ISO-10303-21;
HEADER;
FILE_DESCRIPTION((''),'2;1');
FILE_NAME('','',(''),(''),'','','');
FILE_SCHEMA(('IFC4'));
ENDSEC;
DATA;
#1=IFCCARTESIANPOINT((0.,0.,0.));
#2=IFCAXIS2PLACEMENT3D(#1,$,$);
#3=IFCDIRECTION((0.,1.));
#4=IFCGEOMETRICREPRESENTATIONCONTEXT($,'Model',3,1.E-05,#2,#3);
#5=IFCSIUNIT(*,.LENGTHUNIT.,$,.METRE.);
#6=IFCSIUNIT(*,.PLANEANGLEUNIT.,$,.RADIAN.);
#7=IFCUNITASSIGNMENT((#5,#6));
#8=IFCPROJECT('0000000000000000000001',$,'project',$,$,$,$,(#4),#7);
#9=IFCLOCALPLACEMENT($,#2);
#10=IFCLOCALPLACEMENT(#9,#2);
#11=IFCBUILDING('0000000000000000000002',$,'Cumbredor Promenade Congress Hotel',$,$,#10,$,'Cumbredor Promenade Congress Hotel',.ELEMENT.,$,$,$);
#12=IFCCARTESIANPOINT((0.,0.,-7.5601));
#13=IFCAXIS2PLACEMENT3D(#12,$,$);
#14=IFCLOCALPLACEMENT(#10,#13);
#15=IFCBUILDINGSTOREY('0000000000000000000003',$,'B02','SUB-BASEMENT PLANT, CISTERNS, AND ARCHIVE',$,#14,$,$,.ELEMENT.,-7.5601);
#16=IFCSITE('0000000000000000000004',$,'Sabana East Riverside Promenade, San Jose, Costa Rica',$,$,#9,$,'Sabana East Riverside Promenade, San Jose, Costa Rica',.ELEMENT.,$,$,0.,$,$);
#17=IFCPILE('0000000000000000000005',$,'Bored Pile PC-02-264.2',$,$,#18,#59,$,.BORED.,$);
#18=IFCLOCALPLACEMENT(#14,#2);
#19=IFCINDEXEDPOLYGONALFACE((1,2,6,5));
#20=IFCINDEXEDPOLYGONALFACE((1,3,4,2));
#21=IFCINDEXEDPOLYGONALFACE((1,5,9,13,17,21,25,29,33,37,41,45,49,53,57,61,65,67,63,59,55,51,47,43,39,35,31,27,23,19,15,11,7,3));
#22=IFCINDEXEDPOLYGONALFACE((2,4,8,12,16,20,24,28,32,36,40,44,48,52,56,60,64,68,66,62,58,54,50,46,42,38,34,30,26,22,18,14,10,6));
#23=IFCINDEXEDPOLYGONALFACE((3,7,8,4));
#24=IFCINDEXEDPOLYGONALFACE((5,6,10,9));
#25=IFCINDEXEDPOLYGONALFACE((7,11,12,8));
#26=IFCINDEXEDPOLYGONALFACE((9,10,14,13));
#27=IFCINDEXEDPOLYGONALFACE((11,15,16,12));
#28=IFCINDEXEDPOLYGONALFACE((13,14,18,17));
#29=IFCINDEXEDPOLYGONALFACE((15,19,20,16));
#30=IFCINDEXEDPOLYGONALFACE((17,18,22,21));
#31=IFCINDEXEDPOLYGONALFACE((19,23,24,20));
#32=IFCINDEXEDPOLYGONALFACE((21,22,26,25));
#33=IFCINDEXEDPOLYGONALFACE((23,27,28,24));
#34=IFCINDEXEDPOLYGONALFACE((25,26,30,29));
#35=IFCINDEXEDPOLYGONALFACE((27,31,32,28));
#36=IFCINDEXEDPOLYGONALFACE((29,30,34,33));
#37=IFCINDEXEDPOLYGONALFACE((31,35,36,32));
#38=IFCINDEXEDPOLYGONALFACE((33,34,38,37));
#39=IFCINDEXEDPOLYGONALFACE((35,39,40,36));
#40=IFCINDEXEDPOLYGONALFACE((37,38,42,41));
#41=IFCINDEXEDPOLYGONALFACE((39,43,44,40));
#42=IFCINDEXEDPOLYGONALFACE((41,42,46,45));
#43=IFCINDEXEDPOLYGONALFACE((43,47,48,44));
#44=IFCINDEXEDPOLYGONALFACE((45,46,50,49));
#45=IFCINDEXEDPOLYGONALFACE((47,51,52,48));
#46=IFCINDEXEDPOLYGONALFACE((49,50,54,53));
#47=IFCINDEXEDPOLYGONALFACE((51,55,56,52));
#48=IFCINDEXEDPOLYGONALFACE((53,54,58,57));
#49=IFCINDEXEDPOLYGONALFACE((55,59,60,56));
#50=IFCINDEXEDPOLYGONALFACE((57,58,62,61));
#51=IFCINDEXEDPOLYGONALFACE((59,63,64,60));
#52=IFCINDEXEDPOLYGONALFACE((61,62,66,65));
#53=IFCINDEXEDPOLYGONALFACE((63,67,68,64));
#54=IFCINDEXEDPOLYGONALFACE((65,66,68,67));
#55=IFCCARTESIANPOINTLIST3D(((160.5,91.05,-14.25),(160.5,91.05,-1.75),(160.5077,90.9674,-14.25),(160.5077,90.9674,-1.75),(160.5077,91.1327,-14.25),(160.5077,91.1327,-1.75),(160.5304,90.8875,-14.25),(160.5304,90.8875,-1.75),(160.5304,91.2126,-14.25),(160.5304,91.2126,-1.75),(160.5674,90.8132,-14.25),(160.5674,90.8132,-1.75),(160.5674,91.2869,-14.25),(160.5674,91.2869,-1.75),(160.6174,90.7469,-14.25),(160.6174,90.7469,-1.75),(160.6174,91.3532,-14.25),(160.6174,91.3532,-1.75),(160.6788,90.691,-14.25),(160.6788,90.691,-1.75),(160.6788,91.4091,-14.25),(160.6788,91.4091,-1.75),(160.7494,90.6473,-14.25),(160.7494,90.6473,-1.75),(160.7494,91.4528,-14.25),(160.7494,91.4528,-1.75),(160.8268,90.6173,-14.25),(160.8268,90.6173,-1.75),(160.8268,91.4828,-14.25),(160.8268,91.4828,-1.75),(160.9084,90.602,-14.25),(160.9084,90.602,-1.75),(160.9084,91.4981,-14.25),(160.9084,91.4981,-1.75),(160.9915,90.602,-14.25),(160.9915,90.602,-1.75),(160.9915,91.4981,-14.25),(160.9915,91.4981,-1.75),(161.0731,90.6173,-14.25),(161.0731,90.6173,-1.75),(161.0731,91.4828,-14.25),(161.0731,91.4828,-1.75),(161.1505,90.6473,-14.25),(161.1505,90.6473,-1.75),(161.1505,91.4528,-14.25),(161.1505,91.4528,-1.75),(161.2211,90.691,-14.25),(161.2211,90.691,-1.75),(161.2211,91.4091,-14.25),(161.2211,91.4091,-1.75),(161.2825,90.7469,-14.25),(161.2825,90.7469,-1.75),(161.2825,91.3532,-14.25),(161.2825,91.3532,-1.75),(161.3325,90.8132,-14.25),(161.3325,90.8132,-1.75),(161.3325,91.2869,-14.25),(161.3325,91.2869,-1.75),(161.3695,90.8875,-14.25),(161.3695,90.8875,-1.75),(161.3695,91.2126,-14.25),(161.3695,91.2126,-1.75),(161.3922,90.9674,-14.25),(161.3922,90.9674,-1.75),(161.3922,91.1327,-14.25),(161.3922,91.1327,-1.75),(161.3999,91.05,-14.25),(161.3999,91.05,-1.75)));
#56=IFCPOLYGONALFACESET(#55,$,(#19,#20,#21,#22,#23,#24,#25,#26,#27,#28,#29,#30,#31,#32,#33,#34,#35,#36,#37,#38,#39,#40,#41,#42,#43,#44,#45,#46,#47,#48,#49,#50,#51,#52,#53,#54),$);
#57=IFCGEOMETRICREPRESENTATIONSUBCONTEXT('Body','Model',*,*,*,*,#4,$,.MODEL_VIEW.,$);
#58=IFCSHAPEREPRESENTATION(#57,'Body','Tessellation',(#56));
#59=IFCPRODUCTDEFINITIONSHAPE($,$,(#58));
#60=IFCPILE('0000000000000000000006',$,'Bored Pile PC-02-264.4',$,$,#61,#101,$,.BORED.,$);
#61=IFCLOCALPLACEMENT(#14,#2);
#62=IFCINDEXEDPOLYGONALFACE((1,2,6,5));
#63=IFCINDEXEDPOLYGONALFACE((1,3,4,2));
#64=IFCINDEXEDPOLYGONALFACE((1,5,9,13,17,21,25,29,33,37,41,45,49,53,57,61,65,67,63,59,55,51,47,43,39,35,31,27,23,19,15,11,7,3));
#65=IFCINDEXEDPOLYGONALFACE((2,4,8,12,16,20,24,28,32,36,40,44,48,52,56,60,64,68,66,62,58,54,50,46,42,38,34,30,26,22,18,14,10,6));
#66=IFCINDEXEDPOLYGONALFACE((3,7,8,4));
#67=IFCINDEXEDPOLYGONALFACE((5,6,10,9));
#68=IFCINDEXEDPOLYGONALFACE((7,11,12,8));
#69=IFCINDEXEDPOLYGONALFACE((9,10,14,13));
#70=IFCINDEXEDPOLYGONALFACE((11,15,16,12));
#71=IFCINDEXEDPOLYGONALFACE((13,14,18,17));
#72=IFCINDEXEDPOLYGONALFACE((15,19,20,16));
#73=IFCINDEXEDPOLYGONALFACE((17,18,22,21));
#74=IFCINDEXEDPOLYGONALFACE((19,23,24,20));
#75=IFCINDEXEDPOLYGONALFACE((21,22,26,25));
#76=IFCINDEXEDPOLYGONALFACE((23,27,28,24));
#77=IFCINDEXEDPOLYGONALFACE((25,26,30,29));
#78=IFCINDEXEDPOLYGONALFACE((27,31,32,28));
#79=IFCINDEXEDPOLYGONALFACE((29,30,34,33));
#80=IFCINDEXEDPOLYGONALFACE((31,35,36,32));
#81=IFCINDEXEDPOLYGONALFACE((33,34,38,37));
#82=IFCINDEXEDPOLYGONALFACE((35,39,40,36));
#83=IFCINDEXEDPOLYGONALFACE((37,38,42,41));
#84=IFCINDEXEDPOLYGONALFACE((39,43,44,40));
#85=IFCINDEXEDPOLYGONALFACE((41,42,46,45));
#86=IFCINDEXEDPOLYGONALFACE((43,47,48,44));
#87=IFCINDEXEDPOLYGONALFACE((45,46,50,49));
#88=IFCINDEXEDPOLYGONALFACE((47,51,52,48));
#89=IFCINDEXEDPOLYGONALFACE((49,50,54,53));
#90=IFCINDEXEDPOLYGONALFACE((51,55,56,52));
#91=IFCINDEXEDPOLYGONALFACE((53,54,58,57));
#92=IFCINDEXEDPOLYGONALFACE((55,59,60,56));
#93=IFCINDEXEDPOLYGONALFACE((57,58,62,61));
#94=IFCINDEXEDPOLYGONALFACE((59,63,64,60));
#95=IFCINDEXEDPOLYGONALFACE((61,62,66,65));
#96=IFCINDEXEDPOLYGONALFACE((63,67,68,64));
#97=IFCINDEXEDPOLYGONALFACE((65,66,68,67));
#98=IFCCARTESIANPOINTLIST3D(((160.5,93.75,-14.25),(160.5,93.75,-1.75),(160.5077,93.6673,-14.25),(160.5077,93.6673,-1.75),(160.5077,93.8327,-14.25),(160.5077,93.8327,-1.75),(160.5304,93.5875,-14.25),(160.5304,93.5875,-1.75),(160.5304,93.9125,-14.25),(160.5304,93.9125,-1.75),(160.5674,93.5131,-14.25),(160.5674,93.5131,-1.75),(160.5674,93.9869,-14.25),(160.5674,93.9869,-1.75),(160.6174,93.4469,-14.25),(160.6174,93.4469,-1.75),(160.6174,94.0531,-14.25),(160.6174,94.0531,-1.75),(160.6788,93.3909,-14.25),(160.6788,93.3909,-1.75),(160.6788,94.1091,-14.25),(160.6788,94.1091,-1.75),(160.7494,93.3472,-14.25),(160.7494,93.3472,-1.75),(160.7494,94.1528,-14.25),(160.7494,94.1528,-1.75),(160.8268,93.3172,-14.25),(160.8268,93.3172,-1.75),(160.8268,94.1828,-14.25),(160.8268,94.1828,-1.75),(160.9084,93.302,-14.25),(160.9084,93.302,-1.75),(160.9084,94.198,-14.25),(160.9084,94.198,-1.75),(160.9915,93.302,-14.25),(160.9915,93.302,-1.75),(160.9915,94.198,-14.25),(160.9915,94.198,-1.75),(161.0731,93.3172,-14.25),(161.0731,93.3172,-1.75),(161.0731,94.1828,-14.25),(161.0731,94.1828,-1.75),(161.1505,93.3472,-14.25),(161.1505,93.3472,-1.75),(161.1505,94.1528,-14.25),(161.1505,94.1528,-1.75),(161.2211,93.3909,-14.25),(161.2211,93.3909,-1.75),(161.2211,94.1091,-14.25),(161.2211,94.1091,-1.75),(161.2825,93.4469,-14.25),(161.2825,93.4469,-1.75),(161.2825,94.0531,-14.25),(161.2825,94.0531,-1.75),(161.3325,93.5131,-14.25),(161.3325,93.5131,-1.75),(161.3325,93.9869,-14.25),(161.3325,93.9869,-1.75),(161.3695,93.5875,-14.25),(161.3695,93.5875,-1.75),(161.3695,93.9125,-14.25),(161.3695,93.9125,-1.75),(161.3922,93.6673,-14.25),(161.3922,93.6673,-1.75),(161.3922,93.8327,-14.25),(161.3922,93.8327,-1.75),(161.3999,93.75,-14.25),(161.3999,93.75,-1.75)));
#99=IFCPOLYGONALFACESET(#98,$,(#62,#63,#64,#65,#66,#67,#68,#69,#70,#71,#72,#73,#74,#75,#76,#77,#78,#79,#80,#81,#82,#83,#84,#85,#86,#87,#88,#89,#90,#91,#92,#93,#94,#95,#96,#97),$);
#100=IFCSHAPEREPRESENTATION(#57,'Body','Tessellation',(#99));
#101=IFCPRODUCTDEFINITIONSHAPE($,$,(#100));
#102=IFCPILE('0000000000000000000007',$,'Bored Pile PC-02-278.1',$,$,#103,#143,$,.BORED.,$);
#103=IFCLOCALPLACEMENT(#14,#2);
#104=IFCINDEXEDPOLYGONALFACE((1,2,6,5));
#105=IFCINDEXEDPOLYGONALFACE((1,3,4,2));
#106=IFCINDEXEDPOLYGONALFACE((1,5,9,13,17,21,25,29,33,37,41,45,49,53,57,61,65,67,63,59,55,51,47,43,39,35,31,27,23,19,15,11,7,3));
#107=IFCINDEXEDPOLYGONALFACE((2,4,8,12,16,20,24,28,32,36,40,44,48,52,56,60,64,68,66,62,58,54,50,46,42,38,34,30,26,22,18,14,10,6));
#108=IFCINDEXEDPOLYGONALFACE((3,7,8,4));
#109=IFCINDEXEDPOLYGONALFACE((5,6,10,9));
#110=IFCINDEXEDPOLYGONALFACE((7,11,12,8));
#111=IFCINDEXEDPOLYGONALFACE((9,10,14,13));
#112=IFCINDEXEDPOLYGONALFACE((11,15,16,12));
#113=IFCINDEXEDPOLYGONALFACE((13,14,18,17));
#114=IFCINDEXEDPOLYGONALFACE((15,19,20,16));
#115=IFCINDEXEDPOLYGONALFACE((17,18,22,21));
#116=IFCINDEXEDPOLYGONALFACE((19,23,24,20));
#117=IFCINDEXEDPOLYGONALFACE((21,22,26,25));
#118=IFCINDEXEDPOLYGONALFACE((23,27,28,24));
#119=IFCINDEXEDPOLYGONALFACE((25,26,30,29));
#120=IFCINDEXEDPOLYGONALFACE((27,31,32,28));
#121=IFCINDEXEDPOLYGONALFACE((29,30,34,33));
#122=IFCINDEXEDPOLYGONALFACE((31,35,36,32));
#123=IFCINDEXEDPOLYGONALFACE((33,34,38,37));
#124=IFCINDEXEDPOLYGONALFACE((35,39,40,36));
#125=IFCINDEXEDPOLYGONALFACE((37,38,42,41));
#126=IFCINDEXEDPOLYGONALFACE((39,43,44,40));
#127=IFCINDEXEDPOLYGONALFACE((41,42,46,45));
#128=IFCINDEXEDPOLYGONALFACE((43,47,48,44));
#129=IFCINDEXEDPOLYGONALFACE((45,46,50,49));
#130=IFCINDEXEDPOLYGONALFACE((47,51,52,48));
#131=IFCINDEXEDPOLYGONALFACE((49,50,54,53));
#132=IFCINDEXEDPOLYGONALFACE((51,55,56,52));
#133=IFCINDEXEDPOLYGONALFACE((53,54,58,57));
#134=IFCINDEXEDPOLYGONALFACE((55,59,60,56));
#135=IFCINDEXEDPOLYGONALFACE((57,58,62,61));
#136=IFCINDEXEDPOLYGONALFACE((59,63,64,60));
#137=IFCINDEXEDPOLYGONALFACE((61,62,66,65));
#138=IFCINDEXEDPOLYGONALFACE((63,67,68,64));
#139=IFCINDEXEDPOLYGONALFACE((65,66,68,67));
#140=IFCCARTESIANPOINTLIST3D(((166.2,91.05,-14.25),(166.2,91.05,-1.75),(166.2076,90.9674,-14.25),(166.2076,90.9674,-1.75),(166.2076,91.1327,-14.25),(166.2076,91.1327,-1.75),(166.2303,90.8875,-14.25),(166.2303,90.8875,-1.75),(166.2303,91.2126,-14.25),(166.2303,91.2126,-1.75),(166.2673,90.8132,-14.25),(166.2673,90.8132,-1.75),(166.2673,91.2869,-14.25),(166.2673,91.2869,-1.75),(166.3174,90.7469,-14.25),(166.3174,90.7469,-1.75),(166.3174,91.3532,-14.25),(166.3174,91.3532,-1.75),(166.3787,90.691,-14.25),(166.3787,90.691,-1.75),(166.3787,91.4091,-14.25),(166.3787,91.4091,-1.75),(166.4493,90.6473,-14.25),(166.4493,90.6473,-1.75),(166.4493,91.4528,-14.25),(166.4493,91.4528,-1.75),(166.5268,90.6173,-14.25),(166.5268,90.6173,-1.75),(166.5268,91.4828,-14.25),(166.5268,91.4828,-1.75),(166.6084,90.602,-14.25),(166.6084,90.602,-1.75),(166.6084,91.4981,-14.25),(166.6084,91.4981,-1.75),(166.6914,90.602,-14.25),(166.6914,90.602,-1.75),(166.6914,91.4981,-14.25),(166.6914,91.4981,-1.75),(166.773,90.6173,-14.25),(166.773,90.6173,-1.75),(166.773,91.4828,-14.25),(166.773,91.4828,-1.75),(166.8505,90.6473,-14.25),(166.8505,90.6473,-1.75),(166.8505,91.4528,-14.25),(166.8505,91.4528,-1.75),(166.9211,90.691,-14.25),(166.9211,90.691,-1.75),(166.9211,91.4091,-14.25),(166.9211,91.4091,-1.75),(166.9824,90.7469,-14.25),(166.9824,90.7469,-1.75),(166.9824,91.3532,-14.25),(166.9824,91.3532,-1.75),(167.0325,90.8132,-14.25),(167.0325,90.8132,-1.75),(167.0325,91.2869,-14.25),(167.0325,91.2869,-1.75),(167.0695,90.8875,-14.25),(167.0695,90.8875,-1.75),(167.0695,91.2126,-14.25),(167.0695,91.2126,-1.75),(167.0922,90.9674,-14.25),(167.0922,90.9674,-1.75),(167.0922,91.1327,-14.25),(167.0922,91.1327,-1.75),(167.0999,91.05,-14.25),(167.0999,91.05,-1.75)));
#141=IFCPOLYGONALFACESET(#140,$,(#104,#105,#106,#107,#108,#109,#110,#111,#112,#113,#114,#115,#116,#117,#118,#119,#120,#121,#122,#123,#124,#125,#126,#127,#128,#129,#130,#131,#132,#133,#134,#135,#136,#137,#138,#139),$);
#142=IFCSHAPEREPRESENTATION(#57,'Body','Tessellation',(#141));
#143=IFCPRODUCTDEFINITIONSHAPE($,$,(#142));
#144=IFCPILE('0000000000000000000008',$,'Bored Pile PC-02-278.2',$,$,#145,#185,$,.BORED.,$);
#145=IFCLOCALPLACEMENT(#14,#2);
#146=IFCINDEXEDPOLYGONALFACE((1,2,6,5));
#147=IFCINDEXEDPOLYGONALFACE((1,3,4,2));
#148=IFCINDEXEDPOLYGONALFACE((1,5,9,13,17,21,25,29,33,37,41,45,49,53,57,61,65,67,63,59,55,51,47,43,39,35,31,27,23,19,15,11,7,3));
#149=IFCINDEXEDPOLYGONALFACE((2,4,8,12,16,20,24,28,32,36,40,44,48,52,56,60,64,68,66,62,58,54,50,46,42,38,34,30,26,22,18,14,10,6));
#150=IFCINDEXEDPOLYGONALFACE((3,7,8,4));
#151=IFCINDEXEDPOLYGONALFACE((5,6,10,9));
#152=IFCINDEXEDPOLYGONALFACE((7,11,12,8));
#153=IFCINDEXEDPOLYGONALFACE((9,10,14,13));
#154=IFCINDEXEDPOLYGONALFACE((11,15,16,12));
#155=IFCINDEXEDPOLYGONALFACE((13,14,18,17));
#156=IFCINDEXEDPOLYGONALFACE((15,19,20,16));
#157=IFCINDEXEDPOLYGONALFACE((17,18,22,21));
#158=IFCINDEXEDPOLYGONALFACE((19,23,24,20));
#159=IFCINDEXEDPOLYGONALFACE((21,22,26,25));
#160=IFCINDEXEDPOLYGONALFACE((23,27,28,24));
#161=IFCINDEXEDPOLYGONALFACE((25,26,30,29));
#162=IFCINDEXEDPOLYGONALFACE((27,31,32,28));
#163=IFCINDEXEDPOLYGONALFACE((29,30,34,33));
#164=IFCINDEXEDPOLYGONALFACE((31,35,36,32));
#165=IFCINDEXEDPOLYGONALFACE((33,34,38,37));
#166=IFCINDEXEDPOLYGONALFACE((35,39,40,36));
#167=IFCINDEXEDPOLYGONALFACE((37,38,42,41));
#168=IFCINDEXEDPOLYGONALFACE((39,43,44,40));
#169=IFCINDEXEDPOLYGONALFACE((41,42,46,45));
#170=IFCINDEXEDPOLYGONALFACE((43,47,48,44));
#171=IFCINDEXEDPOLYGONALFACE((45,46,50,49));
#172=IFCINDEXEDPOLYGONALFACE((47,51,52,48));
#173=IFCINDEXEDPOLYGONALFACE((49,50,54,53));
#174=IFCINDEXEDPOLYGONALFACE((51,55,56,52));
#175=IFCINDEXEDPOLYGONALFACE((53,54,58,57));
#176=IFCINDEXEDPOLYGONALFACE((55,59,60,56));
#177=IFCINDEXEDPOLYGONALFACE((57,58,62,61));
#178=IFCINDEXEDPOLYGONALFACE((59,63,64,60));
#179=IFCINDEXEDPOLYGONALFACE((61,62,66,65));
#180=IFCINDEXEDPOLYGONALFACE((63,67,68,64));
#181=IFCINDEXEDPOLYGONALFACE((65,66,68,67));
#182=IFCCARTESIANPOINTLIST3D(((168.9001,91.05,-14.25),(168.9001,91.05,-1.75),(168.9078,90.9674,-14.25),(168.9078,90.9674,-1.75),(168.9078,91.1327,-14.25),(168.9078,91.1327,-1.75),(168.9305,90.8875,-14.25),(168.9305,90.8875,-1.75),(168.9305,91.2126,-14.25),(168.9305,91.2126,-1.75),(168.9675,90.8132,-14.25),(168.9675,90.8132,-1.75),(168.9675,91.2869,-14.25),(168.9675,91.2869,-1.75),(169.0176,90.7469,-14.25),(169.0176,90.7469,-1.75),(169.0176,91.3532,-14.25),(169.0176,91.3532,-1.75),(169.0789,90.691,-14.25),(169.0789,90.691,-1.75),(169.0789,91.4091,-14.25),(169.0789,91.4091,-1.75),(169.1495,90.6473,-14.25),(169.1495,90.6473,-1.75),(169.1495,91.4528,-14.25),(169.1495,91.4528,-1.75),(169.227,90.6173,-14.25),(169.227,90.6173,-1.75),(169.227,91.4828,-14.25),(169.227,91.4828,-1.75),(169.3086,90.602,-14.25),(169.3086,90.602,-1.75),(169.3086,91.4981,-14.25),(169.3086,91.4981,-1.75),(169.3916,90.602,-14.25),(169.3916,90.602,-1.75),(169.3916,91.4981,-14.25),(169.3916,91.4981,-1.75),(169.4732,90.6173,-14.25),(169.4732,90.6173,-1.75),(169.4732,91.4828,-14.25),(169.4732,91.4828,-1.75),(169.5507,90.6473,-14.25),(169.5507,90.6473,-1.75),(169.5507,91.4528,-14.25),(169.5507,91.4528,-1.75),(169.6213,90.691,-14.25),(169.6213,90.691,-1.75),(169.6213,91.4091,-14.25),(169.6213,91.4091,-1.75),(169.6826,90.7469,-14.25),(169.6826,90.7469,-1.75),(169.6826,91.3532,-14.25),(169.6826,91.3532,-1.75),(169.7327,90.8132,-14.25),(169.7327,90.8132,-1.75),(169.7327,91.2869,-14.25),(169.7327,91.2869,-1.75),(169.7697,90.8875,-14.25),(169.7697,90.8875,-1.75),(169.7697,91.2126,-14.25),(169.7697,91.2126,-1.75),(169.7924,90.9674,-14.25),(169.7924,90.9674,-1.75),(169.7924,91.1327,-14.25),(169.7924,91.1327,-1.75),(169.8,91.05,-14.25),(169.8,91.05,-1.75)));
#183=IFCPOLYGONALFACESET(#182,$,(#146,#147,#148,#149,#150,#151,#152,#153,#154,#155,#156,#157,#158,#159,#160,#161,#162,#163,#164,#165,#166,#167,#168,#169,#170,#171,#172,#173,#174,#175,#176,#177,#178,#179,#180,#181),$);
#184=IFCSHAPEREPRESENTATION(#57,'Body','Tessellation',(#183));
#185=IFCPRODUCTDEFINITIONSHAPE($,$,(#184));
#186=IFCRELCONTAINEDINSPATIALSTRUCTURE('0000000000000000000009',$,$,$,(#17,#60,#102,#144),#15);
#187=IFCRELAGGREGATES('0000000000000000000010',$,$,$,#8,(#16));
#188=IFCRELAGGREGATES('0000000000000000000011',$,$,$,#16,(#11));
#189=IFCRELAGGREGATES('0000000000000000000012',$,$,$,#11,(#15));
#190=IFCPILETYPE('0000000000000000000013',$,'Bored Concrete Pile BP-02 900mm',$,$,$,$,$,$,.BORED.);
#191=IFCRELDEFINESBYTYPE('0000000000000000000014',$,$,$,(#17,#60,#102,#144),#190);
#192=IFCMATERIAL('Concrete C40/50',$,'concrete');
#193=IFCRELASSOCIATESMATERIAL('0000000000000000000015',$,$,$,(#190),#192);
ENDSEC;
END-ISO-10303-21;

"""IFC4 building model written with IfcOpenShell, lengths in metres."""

from ifc_helpers import new_model, si_unit, direction, frame, origin, origin_2d, place, context, subcontext, project, spatial, circle, extrude, material, material_profile, profile_set, type_object, element, save


model = new_model("IFC4")

# Units and contexts
model_context = context("Model", 3, precision=1e-05, world=origin(), true_north=direction((0.0, 1.0)))
body_context = subcontext(model_context, "Body", "Model", "MODEL_VIEW")
ifc_project = project(units=[si_unit("LENGTHUNIT", "METRE"), si_unit("PLANEANGLEUNIT", "RADIAN")], contexts=[model_context])

# Site, building, storey
site_placement = place(None, origin())
site = spatial("IfcSite", under=ifc_project, at=site_placement, Name="Sabana East Riverside Promenade, San Jose, Costa Rica", LongName="Sabana East Riverside Promenade, San Jose, Costa Rica", CompositionType="ELEMENT", RefElevation=0.0)
building_placement = place(site_placement, origin())
building = spatial("IfcBuilding", under=site, at=building_placement, Name="Cumbredor Promenade Congress Hotel", LongName="Cumbredor Promenade Congress Hotel", CompositionType="ELEMENT")
storey_placement = place(building_placement, frame((0.0, 0.0, -7.5601)))
storey = spatial("IfcBuildingStorey", under=building, at=storey_placement, Name="B02", Description="SUB-BASEMENT PLANT, CISTERNS, AND ARCHIVE", CompositionType="ELEMENT", Elevation=-7.5601)

# Piles
ifc_material_1 = material(Name="Concrete C40/50", Category="concrete")
ifc_material_profile_1 = material_profile(ifc_material_1, circle(Radius=0.45, at=origin_2d()), Name="PILE D900")
ifc_profile_set_1 = profile_set([ifc_material_profile_1], Name="Concrete C40/50")
pile_type = type_object("IfcPileType", Name="Bored Concrete Pile BP-02 900mm", PredefinedType="BORED", material=ifc_profile_set_1)
for number, where, z_axis, x_axis, name in (
    (1, (160.95, 91.05, -1.75), (0.0, 0.0, -1.0), (1.0, 0.0, 0.0), "Bored Pile PC-02-264.2"),
    (2, (160.95, 93.75, -1.75), (0.0, 0.0, -1.0), (1.0, 0.0, 0.0), "Bored Pile PC-02-264.4"),
    (3, (166.6499, 91.05, -1.75), (0.0, 0.0, -1.0), (1.0, 0.0, 0.0), "Bored Pile PC-02-278.1"),
    (4, (169.3501, 91.05, -1.75), (0.0, 0.0, -1.0), (1.0, 0.0, 0.0), "Bored Pile PC-02-278.2"),
):
    element("IfcPile", number, at=place(storey_placement, frame(where, z_axis=z_axis, x_axis=x_axis)), inside=storey, type_object=pile_type, Name=name, PredefinedType="BORED", context=body_context, shape_type="SweptSolid", body=[
        extrude(circle(Radius=0.45, at=origin_2d()), origin(), (0.0, 0.0, 1.0), 12.5),
    ])

save(model, "model.ifc")
